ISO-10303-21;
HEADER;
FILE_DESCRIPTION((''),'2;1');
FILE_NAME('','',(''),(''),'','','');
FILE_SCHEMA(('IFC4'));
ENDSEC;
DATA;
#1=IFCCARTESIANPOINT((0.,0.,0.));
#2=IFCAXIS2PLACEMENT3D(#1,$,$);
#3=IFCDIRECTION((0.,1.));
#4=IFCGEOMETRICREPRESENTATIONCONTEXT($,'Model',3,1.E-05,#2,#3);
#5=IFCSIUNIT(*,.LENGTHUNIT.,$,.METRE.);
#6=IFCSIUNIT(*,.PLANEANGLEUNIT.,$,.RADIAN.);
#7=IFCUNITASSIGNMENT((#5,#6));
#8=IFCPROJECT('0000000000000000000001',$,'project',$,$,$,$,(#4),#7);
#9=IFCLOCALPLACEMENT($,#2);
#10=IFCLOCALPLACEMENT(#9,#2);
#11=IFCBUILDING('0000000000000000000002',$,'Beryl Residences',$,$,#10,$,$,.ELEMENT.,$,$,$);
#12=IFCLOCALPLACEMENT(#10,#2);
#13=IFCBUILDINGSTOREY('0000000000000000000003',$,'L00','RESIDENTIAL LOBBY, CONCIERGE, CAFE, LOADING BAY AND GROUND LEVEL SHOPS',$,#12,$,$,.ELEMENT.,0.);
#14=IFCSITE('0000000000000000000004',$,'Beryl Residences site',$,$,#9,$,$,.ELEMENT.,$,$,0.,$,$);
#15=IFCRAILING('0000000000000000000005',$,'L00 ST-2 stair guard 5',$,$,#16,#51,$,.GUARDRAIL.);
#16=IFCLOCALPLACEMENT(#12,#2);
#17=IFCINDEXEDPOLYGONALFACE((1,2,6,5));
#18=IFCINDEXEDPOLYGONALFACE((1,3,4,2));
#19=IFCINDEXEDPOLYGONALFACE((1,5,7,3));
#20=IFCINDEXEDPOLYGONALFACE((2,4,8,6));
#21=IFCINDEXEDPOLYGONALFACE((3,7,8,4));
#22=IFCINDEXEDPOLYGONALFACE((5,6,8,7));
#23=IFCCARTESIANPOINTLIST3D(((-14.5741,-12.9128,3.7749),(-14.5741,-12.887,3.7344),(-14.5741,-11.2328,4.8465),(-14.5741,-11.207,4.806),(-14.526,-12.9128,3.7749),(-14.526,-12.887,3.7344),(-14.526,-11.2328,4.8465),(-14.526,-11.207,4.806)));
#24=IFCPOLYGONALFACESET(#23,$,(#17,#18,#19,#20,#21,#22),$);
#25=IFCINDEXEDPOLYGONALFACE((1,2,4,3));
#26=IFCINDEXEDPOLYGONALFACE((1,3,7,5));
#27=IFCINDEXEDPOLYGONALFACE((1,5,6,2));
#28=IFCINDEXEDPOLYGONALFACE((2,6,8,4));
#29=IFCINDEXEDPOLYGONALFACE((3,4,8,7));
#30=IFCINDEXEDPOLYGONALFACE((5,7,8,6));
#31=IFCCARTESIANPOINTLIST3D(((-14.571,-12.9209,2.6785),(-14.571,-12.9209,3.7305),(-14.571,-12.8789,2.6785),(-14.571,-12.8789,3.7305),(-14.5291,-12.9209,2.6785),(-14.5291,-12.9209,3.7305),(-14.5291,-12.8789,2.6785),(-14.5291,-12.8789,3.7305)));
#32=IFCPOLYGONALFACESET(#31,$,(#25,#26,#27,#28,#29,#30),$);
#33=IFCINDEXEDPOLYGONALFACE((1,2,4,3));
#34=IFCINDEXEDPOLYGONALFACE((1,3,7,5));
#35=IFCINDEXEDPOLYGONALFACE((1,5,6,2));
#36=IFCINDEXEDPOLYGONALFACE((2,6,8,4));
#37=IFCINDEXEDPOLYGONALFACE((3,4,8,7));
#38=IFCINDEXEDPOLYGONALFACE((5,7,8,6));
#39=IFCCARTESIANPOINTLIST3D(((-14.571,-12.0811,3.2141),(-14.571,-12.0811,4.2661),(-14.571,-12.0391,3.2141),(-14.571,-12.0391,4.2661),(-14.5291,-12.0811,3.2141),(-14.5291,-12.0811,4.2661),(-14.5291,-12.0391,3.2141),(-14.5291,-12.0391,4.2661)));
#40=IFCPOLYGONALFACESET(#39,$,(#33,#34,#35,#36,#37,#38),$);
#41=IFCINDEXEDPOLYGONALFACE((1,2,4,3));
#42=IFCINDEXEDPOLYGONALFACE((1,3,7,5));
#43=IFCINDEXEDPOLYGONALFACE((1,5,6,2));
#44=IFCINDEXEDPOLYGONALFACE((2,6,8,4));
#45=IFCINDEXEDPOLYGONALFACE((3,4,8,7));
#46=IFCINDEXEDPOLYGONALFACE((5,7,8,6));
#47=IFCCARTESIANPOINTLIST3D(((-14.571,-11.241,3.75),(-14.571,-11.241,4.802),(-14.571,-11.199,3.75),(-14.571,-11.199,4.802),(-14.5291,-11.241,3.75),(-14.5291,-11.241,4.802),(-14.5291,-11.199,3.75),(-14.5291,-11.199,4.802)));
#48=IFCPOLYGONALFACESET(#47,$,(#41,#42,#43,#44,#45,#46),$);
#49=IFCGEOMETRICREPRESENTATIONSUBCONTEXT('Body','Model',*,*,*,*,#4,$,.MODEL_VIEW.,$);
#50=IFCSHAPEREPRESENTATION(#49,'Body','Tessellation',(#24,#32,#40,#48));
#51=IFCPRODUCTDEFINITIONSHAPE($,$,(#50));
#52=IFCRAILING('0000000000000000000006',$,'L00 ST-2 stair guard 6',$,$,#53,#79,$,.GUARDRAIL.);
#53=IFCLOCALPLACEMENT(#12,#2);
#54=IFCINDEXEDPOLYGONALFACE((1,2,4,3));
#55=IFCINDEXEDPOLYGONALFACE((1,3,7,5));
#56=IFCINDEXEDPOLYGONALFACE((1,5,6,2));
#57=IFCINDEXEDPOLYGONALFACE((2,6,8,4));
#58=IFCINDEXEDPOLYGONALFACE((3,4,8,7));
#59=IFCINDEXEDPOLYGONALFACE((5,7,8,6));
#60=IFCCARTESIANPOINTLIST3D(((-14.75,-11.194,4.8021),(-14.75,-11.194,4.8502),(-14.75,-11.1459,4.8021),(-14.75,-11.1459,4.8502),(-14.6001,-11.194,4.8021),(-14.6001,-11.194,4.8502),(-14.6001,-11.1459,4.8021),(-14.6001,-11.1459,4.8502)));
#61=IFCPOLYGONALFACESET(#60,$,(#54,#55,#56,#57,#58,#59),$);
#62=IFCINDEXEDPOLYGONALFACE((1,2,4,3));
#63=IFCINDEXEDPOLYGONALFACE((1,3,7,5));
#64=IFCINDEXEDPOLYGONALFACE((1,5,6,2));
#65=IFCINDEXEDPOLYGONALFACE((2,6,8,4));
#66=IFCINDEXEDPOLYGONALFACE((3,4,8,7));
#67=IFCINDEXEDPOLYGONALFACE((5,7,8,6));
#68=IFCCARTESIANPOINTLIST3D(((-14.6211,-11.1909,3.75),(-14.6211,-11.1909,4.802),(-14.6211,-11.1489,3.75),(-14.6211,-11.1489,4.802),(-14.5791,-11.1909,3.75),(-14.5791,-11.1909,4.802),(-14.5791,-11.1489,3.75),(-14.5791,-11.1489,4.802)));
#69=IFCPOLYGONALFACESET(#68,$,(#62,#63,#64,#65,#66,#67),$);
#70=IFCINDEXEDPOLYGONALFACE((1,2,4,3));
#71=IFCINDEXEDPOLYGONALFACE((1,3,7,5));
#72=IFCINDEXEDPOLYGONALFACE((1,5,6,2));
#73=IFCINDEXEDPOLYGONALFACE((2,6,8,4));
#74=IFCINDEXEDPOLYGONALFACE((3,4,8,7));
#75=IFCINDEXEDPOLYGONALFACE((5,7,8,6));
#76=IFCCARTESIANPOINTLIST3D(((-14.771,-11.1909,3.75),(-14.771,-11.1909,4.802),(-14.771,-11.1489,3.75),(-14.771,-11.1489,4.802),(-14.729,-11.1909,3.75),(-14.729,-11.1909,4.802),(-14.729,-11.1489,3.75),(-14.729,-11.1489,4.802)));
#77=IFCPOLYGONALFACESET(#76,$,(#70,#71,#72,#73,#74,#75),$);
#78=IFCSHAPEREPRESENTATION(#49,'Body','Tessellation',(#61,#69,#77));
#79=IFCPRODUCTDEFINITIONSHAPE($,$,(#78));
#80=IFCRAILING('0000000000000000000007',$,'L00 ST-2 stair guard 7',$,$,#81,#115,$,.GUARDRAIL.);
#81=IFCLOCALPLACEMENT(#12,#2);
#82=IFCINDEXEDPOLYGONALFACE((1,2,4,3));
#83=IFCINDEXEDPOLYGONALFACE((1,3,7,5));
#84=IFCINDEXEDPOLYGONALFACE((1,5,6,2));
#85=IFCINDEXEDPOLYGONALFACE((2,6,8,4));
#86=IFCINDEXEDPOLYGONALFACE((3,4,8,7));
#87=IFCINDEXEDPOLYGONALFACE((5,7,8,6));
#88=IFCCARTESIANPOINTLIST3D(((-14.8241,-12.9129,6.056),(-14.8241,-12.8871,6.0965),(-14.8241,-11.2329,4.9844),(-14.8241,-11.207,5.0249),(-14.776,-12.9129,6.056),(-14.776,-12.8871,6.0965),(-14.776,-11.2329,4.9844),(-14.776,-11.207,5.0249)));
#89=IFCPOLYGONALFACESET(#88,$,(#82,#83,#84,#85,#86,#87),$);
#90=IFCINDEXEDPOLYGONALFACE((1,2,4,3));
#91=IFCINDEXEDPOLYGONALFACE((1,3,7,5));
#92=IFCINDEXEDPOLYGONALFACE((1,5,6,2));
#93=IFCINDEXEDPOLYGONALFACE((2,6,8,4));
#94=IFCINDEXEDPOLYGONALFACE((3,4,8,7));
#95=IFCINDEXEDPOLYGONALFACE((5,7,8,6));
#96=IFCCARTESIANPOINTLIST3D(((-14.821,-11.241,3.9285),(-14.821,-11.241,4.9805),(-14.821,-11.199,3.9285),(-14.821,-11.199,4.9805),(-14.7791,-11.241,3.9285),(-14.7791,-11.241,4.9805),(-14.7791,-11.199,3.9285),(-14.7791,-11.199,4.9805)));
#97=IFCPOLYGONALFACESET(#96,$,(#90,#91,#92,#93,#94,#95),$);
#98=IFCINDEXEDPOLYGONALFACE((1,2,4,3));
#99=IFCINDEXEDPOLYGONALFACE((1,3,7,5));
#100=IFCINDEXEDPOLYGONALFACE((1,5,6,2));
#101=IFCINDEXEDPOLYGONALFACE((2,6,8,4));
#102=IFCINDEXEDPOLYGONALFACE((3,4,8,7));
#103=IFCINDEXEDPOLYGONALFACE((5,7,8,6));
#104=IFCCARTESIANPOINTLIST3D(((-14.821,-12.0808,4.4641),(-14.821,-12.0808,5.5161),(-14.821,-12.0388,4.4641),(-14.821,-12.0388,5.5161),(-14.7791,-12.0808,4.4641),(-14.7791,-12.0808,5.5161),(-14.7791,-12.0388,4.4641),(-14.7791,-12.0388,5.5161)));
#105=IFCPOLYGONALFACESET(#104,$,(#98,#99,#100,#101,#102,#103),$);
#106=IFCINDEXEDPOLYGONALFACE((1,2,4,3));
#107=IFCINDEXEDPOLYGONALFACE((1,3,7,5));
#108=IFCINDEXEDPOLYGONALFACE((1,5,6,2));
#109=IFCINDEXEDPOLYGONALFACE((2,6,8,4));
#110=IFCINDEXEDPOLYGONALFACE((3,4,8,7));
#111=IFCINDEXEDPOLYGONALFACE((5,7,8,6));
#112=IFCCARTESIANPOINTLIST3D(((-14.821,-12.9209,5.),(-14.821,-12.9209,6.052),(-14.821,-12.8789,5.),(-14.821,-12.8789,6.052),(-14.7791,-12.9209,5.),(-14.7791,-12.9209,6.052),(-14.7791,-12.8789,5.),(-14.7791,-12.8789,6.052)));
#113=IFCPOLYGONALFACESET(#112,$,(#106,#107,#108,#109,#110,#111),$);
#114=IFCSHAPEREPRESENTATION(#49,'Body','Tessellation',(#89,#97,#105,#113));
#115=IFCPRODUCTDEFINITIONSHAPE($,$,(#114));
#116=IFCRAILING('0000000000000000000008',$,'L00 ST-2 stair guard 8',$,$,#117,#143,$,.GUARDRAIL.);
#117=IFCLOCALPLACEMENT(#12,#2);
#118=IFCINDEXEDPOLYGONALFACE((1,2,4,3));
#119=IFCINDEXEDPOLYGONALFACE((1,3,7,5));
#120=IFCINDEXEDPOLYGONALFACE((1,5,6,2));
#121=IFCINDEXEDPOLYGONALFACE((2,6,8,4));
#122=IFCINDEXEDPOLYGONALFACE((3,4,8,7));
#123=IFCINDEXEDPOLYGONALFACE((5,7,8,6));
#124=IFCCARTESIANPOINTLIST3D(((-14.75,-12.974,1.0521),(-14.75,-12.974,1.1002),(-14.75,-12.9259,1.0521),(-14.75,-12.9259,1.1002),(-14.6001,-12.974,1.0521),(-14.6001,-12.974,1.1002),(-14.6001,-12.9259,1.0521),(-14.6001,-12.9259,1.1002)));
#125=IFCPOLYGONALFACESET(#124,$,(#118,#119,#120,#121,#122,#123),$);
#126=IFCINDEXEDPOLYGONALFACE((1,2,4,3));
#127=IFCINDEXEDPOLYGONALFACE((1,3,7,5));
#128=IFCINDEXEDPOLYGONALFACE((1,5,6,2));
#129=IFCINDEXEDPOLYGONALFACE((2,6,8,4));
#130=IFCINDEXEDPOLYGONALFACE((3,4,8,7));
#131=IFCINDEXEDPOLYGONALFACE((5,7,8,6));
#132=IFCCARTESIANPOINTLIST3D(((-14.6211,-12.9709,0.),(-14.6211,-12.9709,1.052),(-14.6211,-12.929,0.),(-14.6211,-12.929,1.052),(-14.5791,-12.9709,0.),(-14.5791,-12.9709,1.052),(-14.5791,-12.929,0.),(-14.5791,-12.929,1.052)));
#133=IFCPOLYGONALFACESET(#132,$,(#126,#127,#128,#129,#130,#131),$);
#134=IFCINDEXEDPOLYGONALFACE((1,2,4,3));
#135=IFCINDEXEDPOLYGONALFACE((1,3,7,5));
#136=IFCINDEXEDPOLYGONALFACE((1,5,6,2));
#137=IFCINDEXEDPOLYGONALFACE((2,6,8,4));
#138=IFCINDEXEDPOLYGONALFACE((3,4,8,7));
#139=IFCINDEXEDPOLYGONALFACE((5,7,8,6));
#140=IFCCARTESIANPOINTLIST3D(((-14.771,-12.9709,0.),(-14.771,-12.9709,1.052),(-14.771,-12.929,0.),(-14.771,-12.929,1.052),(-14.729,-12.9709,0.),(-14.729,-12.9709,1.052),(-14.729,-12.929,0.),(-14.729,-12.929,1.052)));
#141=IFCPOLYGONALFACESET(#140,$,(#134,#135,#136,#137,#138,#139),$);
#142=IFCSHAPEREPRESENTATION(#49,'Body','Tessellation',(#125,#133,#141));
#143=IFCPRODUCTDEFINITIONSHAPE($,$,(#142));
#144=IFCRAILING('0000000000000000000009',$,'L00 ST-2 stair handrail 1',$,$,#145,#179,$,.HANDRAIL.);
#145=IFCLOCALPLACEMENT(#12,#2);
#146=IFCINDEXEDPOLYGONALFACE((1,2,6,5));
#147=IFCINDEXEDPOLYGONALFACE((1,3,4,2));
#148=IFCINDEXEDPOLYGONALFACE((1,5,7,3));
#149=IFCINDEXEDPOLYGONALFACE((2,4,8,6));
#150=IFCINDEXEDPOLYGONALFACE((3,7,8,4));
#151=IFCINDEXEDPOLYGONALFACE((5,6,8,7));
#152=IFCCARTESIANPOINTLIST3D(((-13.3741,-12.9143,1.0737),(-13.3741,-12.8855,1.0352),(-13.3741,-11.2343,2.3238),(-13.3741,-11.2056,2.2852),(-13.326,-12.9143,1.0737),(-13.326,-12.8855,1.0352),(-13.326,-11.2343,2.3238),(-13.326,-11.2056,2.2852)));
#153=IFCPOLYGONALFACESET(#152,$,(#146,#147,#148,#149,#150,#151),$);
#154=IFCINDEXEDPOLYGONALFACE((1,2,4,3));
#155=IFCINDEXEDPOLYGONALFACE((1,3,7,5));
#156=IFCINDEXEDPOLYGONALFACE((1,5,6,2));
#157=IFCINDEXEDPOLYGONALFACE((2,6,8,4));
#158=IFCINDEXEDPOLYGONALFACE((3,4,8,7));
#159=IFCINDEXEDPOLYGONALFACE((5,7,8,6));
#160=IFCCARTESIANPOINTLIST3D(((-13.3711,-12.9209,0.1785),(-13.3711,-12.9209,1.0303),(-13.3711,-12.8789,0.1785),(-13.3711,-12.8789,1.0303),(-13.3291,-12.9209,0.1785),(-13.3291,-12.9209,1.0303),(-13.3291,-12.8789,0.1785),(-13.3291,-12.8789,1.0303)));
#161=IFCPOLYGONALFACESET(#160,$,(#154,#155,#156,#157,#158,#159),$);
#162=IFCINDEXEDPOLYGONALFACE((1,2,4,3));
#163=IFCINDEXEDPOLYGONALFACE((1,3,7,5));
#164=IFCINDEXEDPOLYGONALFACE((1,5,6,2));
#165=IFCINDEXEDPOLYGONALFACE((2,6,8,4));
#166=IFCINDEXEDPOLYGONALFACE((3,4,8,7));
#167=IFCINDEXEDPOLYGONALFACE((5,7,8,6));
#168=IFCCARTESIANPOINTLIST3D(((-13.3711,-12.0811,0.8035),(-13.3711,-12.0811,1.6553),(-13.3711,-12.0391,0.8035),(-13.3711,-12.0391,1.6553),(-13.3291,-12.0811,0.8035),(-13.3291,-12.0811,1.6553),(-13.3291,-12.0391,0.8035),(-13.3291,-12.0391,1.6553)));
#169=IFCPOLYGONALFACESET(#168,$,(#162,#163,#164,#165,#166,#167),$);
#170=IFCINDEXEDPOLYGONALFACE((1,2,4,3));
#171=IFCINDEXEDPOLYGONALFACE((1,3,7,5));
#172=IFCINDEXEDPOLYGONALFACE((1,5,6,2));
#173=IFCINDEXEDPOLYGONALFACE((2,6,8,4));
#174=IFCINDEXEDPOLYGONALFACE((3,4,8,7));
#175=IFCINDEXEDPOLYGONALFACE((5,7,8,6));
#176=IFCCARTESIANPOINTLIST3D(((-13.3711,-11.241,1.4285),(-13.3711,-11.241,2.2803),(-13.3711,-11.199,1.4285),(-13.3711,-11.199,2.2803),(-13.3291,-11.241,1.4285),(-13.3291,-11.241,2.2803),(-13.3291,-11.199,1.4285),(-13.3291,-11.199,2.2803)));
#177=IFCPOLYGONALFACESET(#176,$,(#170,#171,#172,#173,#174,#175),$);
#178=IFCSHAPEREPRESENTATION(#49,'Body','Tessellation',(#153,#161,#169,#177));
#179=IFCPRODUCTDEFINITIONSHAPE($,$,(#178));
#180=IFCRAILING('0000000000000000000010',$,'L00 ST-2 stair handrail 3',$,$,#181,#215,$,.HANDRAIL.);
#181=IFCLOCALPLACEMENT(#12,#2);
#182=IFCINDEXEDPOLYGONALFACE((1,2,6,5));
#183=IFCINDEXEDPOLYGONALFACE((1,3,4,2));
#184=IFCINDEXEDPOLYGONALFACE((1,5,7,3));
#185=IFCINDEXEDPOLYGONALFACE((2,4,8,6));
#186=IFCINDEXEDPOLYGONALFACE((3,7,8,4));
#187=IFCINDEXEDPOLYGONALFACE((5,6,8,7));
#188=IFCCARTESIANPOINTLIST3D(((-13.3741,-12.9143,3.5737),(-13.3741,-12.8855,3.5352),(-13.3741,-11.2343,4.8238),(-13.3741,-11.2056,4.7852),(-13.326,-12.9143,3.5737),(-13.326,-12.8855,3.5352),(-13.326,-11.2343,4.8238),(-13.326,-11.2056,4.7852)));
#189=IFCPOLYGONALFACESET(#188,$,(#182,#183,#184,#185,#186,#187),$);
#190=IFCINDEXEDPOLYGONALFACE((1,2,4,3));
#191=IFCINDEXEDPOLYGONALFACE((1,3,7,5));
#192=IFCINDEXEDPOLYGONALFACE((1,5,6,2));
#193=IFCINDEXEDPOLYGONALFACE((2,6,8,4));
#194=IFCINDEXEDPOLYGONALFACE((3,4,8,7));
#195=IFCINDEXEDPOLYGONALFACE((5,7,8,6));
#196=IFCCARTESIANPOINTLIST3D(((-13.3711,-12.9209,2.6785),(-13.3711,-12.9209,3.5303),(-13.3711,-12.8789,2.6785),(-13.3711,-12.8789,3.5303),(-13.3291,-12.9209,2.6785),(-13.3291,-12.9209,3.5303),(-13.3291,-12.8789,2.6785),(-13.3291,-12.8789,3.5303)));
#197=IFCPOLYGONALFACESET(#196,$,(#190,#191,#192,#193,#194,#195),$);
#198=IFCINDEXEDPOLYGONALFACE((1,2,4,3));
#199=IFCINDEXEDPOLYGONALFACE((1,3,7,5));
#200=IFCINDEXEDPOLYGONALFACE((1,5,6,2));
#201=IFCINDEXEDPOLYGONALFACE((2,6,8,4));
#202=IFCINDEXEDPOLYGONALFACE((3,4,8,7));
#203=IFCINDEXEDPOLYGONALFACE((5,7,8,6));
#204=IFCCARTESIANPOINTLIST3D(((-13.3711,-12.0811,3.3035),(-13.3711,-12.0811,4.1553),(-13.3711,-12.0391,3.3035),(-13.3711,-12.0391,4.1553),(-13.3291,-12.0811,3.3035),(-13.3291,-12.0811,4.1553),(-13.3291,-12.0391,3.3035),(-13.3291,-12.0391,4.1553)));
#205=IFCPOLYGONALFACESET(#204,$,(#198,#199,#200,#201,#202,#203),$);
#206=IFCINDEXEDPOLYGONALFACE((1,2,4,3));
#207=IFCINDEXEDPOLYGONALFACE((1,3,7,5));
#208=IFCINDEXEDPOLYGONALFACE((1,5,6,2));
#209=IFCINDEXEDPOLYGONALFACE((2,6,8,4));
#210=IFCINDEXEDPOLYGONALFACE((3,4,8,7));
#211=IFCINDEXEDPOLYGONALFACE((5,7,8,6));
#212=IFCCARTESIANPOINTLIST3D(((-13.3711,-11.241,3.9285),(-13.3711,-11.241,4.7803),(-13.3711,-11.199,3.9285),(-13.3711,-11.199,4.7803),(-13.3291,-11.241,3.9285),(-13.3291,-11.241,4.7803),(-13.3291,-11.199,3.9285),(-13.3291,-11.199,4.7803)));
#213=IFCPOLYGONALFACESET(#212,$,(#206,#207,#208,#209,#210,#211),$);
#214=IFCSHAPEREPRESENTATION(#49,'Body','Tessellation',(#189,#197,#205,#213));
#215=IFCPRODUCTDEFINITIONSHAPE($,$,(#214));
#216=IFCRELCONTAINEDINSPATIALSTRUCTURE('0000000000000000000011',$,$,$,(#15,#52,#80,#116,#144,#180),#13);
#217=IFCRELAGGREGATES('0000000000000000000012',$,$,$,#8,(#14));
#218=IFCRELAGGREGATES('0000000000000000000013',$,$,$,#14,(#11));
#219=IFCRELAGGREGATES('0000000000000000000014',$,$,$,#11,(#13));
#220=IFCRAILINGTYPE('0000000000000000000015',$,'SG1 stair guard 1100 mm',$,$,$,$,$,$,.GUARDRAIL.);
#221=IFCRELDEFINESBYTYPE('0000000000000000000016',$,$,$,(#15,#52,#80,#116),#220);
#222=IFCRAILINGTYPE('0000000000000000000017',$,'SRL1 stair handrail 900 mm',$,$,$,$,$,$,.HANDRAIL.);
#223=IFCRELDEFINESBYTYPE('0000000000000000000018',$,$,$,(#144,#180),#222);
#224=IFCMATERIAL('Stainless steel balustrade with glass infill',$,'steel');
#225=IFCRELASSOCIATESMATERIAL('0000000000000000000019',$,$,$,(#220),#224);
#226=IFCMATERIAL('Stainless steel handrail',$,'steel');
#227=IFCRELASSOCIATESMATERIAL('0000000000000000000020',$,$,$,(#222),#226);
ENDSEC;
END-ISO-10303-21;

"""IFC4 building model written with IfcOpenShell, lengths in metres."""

from ifc_helpers import new_model, si_unit, direction, frame, origin, origin_2d, place, context, subcontext, project, spatial, rectangle, extrude, material, type_object, element, save


model = new_model("IFC4")

# Units and contexts
model_context = context("Model", 3, precision=1e-05, world=origin(), true_north=direction((0.0, 1.0)))
body_context = subcontext(model_context, "Body", "Model", "MODEL_VIEW")
ifc_project = project(units=[si_unit("LENGTHUNIT", "METRE"), si_unit("PLANEANGLEUNIT", "RADIAN")], contexts=[model_context])

# Site, building, storey
site_placement = place(None, origin())
site = spatial("IfcSite", under=ifc_project, at=site_placement, Name="Beryl Residences site", CompositionType="ELEMENT", RefElevation=0.0)
building_placement = place(site_placement, origin())
building = spatial("IfcBuilding", under=site, at=building_placement, Name="Beryl Residences", CompositionType="ELEMENT")
storey_placement = place(building_placement, origin())
storey = spatial("IfcBuildingStorey", under=building, at=storey_placement, Name="L00", Description="RESIDENTIAL LOBBY, CONCIERGE, CAFE, LOADING BAY AND GROUND LEVEL SHOPS", CompositionType="ELEMENT", Elevation=0.0)

# Railings
ifc_material_1 = material(Name="Stainless steel balustrade with glass infill", Category="steel")
railing_type_1 = type_object("IfcRailingType", Name="SG1 stair guard 1100 mm", PredefinedType="GUARDRAIL", material=ifc_material_1)
railing_1_placement = place(storey_placement, frame((-14.55, -12.8999, 2.6785)))
element("IfcRailing", 1, at=railing_1_placement, inside=storey, type_object=railing_type_1, Name="L00 ST-2 stair guard 5", PredefinedType="GUARDRAIL", context=body_context, shape_type="SweptSolid", body=[
    extrude(rectangle(XDim=0.0481, YDim=0.0481, at=origin_2d()), frame((0.0, 0.0, 1.0762), z_axis=(0.0, 0.843096, 0.537763), x_axis=(-1.0, 0.0, 0.0)), (0.0, 0.0, 1.0), 1.9927),
    extrude(rectangle(XDim=0.042, YDim=0.042, at=origin_2d()), origin(), (0.0, 0.0, 1.0), 1.052),
    extrude(rectangle(XDim=0.042, YDim=0.042, at=origin_2d()), frame((0.0, 0.8398, 0.5356)), (0.0, 0.0, 1.0), 1.052),
    extrude(rectangle(XDim=0.042, YDim=0.042, at=origin_2d()), frame((0.0, 1.6799, 1.0715)), (0.0, 0.0, 1.0), 1.052),
])
railing_2_placement = place(storey_placement, frame((-14.6001, -11.1699, 3.75)))
element("IfcRailing", 2, at=railing_2_placement, inside=storey, type_object=railing_type_1, Name="L00 ST-2 stair guard 6", PredefinedType="GUARDRAIL", context=body_context, shape_type="SweptSolid", body=[
    extrude(rectangle(XDim=0.0481, YDim=0.0481, at=origin_2d()), frame((0.0, 0.0, 1.0762), z_axis=(-1.0, 0.0, 0.0), x_axis=(0.0, -1.0, 0.0)), (0.0, 0.0, 1.0), 0.1499),
    extrude(rectangle(XDim=0.042, YDim=0.042, at=origin_2d()), origin(), (0.0, 0.0, 1.0), 1.052),
    extrude(rectangle(XDim=0.042, YDim=0.042, at=origin_2d()), frame((-0.1499, 0.0, 0.0)), (0.0, 0.0, 1.0), 1.052),
])
railing_3_placement = place(storey_placement, frame((-14.8, -11.22, 3.9285)))
element("IfcRailing", 3, at=railing_3_placement, inside=storey, type_object=railing_type_1, Name="L00 ST-2 stair guard 7", PredefinedType="GUARDRAIL", context=body_context, shape_type="SweptSolid", body=[
    extrude(rectangle(XDim=0.0481, YDim=0.0481, at=origin_2d()), frame((0.0, 0.0, 1.0762), z_axis=(0.0, -0.843096, 0.537763), x_axis=(1.0, 0.0, 0.0)), (0.0, 0.0, 1.0), 1.9927),
    extrude(rectangle(XDim=0.042, YDim=0.042, at=origin_2d()), origin(), (0.0, 0.0, 1.0), 1.052),
    extrude(rectangle(XDim=0.042, YDim=0.042, at=origin_2d()), frame((0.0, -0.8398, 0.5356)), (0.0, 0.0, 1.0), 1.052),
    extrude(rectangle(XDim=0.042, YDim=0.042, at=origin_2d()), frame((0.0, -1.6799, 1.0715)), (0.0, 0.0, 1.0), 1.052),
])
railing_4_placement = place(storey_placement, frame((-14.6001, -12.95, 0.0)))
element("IfcRailing", 4, at=railing_4_placement, inside=storey, type_object=railing_type_1, Name="L00 ST-2 stair guard 8", PredefinedType="GUARDRAIL", context=body_context, shape_type="SweptSolid", body=[
    extrude(rectangle(XDim=0.0481, YDim=0.0481, at=origin_2d()), frame((0.0, 0.0, 1.0762), z_axis=(-1.0, 0.0, 0.0), x_axis=(0.0, -1.0, 0.0)), (0.0, 0.0, 1.0), 0.1499),
    extrude(rectangle(XDim=0.042, YDim=0.042, at=origin_2d()), origin(), (0.0, 0.0, 1.0), 1.052),
    extrude(rectangle(XDim=0.042, YDim=0.042, at=origin_2d()), frame((-0.1499, 0.0, 0.0)), (0.0, 0.0, 1.0), 1.052),
])
ifc_material_2 = material(Name="Stainless steel handrail", Category="steel")
railing_type_2 = type_object("IfcRailingType", Name="SRL1 stair handrail 900 mm", PredefinedType="HANDRAIL", material=ifc_material_2)
for number, where, name in (
    (5, (-13.3501, -12.8999, 0.1785), "L00 ST-2 stair handrail 1"),
    (6, (-13.3501, -12.8999, 2.6785), "L00 ST-2 stair handrail 3"),
):
    element("IfcRailing", number, at=place(storey_placement, frame(where)), inside=storey, type_object=railing_type_2, Name=name, PredefinedType="HANDRAIL", context=body_context, shape_type="SweptSolid", body=[
        extrude(rectangle(XDim=0.0481, YDim=0.0481, at=origin_2d()), frame((0.0, 0.0, 0.876), z_axis=(0.0, 0.802275, 0.596955), x_axis=(-1.0, 0.0, 0.0)), (0.0, 0.0, 1.0), 2.094),
        extrude(rectangle(XDim=0.042, YDim=0.042, at=origin_2d()), origin(), (0.0, 0.0, 1.0), 0.8518),
        extrude(rectangle(XDim=0.042, YDim=0.042, at=origin_2d()), frame((0.0, 0.8398, 0.625)), (0.0, 0.0, 1.0), 0.8518),
        extrude(rectangle(XDim=0.042, YDim=0.042, at=origin_2d()), frame((0.0, 1.6799, 1.25)), (0.0, 0.0, 1.0), 0.8518),
    ])

save(model, "model.ifc")
